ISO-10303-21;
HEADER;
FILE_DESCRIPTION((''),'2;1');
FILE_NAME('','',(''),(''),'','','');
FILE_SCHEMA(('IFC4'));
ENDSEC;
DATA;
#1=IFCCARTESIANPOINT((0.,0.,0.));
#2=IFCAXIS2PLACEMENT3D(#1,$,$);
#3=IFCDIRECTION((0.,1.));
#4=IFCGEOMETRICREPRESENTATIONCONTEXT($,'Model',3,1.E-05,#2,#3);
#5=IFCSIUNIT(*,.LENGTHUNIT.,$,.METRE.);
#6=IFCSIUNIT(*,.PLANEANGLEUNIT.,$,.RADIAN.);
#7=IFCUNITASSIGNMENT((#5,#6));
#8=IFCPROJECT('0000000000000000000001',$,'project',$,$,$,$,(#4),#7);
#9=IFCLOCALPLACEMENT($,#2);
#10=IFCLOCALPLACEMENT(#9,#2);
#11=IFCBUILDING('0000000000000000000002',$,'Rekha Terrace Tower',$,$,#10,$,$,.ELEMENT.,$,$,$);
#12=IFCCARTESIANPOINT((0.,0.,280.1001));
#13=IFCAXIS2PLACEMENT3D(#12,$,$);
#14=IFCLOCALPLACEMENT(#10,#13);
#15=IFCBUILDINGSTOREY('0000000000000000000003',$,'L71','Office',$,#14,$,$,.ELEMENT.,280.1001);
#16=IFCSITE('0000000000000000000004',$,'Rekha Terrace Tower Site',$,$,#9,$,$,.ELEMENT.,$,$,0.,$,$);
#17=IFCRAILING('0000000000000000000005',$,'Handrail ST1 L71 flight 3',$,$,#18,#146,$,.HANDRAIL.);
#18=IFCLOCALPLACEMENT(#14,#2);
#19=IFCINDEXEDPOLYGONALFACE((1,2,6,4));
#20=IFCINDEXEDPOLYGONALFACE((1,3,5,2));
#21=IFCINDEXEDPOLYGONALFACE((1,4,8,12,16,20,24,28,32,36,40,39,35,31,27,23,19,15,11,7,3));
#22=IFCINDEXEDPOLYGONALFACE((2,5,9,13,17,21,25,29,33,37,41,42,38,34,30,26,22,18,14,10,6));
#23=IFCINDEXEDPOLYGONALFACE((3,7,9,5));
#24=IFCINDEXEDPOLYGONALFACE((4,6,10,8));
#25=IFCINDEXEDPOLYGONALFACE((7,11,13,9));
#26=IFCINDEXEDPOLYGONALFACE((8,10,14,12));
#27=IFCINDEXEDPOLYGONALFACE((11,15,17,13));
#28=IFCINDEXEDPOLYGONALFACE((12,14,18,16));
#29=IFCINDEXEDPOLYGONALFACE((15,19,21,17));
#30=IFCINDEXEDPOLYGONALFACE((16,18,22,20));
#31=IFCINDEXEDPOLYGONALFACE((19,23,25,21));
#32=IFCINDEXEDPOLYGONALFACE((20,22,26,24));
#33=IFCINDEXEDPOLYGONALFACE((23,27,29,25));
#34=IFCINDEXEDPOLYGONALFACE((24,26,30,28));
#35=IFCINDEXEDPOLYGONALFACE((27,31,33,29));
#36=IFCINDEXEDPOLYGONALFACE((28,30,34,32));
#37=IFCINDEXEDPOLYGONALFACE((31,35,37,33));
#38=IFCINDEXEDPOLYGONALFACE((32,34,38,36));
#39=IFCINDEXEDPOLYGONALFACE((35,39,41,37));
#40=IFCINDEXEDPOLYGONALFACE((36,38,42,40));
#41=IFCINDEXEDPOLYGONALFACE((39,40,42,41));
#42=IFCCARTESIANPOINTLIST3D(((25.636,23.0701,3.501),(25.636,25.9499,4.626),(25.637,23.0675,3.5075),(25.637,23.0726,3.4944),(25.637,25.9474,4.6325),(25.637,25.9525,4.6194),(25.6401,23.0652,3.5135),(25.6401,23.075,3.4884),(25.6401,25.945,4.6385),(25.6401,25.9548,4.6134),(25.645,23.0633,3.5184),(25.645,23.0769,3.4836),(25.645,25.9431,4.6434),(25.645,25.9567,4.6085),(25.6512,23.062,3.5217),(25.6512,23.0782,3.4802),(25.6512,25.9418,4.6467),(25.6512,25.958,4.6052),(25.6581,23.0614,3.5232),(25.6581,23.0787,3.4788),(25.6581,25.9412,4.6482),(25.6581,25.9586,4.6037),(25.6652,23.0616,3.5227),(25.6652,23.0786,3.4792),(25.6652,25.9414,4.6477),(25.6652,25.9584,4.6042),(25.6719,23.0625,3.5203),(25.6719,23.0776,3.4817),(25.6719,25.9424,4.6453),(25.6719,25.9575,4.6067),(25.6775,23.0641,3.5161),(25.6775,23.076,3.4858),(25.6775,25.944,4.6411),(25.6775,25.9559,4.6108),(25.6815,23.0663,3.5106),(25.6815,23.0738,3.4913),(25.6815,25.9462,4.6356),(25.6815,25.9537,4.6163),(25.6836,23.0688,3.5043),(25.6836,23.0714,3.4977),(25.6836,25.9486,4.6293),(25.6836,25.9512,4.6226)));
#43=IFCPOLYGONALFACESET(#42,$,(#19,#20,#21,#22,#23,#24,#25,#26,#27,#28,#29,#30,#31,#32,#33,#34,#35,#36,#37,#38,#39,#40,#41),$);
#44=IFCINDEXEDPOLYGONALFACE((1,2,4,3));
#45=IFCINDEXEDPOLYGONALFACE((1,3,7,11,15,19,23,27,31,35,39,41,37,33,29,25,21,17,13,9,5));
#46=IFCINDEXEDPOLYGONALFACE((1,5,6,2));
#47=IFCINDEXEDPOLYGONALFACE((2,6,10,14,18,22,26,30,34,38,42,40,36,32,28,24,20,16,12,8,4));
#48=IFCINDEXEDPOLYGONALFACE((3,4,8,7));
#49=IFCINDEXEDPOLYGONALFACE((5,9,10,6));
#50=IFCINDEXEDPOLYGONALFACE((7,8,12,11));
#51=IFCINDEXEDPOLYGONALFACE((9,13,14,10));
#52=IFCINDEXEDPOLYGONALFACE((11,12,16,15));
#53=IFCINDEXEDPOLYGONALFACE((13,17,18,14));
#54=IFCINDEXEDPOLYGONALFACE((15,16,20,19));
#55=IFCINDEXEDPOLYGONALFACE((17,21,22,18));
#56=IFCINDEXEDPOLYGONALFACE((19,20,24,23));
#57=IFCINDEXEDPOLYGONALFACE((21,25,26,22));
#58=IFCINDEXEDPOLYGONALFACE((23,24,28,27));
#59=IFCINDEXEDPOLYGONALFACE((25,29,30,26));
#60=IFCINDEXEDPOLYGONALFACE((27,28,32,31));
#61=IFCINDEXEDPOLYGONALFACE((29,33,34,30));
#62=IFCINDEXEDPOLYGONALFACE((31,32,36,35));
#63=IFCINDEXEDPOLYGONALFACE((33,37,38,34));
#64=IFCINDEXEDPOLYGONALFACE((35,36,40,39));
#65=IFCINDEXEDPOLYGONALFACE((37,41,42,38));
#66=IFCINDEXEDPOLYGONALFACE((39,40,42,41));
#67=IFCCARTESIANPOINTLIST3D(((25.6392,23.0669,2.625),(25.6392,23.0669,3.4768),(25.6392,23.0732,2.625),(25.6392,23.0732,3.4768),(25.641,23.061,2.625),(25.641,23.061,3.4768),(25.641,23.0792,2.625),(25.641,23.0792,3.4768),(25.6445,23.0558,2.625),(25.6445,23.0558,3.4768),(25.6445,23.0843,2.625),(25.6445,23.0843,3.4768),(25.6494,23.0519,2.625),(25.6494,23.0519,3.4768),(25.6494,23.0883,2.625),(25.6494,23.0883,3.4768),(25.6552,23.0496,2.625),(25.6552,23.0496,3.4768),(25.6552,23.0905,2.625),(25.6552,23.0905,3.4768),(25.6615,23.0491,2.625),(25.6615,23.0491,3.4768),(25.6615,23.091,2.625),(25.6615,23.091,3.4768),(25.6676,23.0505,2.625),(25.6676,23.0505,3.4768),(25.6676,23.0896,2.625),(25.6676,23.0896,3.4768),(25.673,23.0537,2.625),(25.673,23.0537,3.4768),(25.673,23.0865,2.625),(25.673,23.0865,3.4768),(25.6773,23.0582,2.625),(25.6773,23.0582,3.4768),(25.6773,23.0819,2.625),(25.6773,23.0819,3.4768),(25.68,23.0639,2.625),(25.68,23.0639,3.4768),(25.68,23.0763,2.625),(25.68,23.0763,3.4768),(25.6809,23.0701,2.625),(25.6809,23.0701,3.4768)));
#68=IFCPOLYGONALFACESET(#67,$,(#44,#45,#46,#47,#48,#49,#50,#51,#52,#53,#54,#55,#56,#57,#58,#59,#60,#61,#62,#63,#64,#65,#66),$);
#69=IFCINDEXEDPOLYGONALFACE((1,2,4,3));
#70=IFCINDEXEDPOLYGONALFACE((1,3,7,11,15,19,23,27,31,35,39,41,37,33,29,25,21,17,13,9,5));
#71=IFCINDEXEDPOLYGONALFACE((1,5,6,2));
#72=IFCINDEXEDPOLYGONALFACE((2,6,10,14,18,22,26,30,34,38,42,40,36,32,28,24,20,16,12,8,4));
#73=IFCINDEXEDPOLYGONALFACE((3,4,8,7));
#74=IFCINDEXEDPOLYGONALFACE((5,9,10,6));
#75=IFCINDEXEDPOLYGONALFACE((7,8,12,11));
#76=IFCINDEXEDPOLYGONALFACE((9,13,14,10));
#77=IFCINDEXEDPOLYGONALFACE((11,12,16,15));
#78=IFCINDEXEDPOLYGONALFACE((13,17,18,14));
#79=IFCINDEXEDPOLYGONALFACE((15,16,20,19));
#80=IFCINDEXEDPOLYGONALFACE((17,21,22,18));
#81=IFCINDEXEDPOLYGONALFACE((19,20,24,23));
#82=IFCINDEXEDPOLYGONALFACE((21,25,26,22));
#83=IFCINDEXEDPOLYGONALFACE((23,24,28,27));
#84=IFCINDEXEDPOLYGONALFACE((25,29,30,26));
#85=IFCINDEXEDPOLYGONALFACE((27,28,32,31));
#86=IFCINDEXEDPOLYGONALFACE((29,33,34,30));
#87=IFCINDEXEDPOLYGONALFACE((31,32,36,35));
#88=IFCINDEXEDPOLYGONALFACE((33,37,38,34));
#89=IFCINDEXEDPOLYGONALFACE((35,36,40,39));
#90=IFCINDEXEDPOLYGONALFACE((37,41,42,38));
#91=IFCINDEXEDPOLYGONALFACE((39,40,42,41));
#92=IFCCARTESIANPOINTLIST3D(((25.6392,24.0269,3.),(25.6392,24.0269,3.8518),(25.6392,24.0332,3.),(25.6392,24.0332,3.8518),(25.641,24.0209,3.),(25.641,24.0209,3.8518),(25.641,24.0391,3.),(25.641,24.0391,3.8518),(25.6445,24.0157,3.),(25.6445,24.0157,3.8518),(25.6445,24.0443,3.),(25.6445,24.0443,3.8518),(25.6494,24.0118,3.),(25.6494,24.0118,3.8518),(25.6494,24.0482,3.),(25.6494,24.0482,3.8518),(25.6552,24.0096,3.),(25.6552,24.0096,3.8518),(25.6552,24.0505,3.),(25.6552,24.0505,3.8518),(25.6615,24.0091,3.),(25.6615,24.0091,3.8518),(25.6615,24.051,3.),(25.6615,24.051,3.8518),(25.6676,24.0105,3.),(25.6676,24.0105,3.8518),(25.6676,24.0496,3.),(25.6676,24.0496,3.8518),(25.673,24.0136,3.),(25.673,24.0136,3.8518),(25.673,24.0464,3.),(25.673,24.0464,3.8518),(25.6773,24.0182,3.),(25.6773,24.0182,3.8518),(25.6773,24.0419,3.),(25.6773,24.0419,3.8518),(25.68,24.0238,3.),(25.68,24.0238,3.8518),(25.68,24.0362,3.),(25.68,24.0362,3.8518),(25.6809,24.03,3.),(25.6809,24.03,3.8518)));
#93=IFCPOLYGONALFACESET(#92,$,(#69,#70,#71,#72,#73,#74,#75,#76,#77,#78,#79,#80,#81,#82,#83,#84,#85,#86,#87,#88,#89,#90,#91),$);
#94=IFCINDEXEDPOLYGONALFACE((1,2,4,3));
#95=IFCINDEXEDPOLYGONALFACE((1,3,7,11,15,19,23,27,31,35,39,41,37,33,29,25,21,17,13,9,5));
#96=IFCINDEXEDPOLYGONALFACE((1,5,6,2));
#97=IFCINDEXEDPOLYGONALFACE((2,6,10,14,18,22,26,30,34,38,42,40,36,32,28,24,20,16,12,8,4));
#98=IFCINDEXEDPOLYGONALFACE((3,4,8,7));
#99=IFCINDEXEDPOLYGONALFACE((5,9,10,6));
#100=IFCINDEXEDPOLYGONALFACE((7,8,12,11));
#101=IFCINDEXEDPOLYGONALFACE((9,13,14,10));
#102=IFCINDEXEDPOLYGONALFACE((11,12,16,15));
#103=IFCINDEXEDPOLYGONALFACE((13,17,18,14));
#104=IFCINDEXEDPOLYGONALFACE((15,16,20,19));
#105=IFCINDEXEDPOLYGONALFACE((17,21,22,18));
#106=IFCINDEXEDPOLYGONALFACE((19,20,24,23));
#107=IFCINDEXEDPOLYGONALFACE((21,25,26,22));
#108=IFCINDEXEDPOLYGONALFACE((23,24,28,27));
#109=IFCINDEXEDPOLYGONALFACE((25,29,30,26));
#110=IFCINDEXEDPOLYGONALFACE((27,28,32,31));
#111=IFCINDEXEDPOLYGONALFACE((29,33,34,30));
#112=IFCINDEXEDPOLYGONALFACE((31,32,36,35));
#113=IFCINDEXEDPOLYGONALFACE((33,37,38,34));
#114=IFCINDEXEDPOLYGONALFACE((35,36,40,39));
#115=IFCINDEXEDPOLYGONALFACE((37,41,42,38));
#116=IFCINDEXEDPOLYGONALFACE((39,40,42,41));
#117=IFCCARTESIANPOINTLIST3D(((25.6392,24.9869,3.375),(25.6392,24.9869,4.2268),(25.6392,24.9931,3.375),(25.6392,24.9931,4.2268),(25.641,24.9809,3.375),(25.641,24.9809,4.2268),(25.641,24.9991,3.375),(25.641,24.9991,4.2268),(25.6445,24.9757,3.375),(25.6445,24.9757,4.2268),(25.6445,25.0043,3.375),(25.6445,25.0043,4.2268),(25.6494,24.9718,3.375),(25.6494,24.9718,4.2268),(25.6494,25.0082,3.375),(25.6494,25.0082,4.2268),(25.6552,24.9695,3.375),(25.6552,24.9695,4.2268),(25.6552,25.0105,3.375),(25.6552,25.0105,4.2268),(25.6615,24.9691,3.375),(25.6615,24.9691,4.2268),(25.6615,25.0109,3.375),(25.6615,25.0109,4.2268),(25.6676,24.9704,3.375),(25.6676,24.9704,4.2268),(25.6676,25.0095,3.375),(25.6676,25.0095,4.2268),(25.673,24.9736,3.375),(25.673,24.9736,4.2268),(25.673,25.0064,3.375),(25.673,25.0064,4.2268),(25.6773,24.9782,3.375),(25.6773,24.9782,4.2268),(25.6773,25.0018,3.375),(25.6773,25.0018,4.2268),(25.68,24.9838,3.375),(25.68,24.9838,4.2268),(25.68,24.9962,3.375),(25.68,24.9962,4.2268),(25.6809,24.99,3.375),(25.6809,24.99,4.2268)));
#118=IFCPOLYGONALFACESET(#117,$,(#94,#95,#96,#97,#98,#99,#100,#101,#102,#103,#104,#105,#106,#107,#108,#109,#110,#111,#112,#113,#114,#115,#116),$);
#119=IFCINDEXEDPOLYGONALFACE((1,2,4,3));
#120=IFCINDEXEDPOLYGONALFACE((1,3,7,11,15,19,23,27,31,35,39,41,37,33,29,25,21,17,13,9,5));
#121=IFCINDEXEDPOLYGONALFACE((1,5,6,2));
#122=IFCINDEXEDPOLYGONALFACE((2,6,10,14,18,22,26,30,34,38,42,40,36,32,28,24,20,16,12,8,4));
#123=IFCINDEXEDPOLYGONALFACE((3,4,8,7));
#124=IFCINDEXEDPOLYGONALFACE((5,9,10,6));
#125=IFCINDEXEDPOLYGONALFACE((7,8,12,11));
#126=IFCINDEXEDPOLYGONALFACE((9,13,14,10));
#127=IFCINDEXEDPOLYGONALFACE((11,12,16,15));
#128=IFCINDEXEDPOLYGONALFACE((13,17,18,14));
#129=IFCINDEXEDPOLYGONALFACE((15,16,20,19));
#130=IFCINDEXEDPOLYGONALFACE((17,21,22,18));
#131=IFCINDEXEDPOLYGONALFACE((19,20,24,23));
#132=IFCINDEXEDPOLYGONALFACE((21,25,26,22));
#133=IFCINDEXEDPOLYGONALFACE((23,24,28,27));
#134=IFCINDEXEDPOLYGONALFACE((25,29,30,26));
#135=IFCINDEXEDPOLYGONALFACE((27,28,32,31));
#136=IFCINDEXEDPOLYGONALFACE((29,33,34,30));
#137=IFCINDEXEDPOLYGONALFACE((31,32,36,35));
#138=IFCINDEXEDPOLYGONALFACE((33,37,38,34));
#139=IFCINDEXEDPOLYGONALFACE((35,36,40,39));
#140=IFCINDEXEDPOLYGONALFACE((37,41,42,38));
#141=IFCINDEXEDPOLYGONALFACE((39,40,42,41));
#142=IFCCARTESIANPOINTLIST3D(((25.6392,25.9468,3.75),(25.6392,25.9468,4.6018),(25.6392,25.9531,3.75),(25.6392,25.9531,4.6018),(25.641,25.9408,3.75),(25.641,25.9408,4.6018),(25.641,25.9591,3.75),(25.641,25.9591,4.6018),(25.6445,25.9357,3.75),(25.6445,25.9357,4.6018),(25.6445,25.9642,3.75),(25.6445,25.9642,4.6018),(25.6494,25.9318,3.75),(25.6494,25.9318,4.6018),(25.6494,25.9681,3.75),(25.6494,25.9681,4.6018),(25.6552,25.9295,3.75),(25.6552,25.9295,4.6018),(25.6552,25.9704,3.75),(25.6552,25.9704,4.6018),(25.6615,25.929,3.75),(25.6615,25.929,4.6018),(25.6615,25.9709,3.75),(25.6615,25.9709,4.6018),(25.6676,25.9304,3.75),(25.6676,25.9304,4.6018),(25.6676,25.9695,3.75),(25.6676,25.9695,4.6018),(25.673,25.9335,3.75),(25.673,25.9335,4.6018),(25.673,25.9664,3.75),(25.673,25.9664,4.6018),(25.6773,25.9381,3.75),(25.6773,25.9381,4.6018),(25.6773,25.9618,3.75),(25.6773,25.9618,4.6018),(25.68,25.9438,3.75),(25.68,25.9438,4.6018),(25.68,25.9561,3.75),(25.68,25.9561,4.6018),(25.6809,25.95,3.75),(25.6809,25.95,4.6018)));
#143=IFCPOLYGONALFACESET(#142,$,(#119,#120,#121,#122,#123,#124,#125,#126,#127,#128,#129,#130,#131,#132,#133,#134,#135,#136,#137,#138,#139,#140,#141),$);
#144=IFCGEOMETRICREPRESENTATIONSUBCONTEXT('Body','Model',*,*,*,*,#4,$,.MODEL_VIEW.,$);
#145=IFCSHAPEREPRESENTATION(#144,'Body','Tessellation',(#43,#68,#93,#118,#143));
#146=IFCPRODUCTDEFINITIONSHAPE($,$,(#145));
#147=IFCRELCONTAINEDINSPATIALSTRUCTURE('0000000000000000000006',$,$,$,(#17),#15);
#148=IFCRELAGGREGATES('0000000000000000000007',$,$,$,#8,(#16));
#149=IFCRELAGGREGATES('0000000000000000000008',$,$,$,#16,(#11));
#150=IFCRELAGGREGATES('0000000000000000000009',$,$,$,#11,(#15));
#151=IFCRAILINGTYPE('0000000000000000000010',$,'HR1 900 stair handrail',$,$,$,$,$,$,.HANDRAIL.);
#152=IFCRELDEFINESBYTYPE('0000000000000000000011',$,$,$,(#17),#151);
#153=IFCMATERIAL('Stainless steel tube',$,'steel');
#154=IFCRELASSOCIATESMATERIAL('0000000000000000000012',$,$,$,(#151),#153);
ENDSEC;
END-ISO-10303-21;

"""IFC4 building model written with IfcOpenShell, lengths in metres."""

from ifc_helpers import new_model, si_unit, direction, frame, origin, origin_2d, place, context, subcontext, project, spatial, circle, extrude, material, type_object, element, save


model = new_model("IFC4")

# Units and contexts
model_context = context("Model", 3, precision=1e-05, world=origin(), true_north=direction((0.0, 1.0)))
body_context = subcontext(model_context, "Body", "Model", "MODEL_VIEW")
ifc_project = project(units=[si_unit("LENGTHUNIT", "METRE"), si_unit("PLANEANGLEUNIT", "RADIAN")], contexts=[model_context])

# Site, building, storey
site_placement = place(None, origin())
site = spatial("IfcSite", under=ifc_project, at=site_placement, Name="Rekha Terrace Tower Site", CompositionType="ELEMENT", RefElevation=0.0)
building_placement = place(site_placement, origin())
building = spatial("IfcBuilding", under=site, at=building_placement, Name="Rekha Terrace Tower", CompositionType="ELEMENT")
storey_placement = place(building_placement, frame((0.0, 0.0, 280.1001)))
storey = spatial("IfcBuildingStorey", under=building, at=storey_placement, Name="L71", Description="Office", CompositionType="ELEMENT", Elevation=280.1001)

# Railing
ifc_material_1 = material(Name="Stainless steel tube", Category="steel")
railing_type_1 = type_object("IfcRailingType", Name="HR1 900 stair handrail", PredefinedType="HANDRAIL", material=ifc_material_1)
railing_1_placement = place(storey_placement, frame((25.6599, 23.0701, 2.625)))
element("IfcRailing", 1, at=railing_1_placement, inside=storey, type_object=railing_type_1, Name="Handrail ST1 L71 flight 3", PredefinedType="HANDRAIL", context=body_context, shape_type="SweptSolid", body=[
    extrude(circle(Radius=0.0239, at=origin_2d()), frame((0.0, 0.0, 0.876), z_axis=(0.0, 0.931452, 0.363863), x_axis=(-1.0, 0.0, 0.0)), (0.0, 0.0, 1.0), 3.0918),
    extrude(circle(Radius=0.021, at=origin_2d()), origin(), (0.0, 0.0, 1.0), 0.8518),
    extrude(circle(Radius=0.021, at=origin_2d()), frame((0.0, 0.96, 0.375)), (0.0, 0.0, 1.0), 0.8518),
    extrude(circle(Radius=0.021, at=origin_2d()), frame((0.0, 1.9199, 0.75)), (0.0, 0.0, 1.0), 0.8518),
    extrude(circle(Radius=0.021, at=origin_2d()), frame((0.0, 2.8799, 1.125)), (0.0, 0.0, 1.0), 0.8518),
])

save(model, "model.ifc")
